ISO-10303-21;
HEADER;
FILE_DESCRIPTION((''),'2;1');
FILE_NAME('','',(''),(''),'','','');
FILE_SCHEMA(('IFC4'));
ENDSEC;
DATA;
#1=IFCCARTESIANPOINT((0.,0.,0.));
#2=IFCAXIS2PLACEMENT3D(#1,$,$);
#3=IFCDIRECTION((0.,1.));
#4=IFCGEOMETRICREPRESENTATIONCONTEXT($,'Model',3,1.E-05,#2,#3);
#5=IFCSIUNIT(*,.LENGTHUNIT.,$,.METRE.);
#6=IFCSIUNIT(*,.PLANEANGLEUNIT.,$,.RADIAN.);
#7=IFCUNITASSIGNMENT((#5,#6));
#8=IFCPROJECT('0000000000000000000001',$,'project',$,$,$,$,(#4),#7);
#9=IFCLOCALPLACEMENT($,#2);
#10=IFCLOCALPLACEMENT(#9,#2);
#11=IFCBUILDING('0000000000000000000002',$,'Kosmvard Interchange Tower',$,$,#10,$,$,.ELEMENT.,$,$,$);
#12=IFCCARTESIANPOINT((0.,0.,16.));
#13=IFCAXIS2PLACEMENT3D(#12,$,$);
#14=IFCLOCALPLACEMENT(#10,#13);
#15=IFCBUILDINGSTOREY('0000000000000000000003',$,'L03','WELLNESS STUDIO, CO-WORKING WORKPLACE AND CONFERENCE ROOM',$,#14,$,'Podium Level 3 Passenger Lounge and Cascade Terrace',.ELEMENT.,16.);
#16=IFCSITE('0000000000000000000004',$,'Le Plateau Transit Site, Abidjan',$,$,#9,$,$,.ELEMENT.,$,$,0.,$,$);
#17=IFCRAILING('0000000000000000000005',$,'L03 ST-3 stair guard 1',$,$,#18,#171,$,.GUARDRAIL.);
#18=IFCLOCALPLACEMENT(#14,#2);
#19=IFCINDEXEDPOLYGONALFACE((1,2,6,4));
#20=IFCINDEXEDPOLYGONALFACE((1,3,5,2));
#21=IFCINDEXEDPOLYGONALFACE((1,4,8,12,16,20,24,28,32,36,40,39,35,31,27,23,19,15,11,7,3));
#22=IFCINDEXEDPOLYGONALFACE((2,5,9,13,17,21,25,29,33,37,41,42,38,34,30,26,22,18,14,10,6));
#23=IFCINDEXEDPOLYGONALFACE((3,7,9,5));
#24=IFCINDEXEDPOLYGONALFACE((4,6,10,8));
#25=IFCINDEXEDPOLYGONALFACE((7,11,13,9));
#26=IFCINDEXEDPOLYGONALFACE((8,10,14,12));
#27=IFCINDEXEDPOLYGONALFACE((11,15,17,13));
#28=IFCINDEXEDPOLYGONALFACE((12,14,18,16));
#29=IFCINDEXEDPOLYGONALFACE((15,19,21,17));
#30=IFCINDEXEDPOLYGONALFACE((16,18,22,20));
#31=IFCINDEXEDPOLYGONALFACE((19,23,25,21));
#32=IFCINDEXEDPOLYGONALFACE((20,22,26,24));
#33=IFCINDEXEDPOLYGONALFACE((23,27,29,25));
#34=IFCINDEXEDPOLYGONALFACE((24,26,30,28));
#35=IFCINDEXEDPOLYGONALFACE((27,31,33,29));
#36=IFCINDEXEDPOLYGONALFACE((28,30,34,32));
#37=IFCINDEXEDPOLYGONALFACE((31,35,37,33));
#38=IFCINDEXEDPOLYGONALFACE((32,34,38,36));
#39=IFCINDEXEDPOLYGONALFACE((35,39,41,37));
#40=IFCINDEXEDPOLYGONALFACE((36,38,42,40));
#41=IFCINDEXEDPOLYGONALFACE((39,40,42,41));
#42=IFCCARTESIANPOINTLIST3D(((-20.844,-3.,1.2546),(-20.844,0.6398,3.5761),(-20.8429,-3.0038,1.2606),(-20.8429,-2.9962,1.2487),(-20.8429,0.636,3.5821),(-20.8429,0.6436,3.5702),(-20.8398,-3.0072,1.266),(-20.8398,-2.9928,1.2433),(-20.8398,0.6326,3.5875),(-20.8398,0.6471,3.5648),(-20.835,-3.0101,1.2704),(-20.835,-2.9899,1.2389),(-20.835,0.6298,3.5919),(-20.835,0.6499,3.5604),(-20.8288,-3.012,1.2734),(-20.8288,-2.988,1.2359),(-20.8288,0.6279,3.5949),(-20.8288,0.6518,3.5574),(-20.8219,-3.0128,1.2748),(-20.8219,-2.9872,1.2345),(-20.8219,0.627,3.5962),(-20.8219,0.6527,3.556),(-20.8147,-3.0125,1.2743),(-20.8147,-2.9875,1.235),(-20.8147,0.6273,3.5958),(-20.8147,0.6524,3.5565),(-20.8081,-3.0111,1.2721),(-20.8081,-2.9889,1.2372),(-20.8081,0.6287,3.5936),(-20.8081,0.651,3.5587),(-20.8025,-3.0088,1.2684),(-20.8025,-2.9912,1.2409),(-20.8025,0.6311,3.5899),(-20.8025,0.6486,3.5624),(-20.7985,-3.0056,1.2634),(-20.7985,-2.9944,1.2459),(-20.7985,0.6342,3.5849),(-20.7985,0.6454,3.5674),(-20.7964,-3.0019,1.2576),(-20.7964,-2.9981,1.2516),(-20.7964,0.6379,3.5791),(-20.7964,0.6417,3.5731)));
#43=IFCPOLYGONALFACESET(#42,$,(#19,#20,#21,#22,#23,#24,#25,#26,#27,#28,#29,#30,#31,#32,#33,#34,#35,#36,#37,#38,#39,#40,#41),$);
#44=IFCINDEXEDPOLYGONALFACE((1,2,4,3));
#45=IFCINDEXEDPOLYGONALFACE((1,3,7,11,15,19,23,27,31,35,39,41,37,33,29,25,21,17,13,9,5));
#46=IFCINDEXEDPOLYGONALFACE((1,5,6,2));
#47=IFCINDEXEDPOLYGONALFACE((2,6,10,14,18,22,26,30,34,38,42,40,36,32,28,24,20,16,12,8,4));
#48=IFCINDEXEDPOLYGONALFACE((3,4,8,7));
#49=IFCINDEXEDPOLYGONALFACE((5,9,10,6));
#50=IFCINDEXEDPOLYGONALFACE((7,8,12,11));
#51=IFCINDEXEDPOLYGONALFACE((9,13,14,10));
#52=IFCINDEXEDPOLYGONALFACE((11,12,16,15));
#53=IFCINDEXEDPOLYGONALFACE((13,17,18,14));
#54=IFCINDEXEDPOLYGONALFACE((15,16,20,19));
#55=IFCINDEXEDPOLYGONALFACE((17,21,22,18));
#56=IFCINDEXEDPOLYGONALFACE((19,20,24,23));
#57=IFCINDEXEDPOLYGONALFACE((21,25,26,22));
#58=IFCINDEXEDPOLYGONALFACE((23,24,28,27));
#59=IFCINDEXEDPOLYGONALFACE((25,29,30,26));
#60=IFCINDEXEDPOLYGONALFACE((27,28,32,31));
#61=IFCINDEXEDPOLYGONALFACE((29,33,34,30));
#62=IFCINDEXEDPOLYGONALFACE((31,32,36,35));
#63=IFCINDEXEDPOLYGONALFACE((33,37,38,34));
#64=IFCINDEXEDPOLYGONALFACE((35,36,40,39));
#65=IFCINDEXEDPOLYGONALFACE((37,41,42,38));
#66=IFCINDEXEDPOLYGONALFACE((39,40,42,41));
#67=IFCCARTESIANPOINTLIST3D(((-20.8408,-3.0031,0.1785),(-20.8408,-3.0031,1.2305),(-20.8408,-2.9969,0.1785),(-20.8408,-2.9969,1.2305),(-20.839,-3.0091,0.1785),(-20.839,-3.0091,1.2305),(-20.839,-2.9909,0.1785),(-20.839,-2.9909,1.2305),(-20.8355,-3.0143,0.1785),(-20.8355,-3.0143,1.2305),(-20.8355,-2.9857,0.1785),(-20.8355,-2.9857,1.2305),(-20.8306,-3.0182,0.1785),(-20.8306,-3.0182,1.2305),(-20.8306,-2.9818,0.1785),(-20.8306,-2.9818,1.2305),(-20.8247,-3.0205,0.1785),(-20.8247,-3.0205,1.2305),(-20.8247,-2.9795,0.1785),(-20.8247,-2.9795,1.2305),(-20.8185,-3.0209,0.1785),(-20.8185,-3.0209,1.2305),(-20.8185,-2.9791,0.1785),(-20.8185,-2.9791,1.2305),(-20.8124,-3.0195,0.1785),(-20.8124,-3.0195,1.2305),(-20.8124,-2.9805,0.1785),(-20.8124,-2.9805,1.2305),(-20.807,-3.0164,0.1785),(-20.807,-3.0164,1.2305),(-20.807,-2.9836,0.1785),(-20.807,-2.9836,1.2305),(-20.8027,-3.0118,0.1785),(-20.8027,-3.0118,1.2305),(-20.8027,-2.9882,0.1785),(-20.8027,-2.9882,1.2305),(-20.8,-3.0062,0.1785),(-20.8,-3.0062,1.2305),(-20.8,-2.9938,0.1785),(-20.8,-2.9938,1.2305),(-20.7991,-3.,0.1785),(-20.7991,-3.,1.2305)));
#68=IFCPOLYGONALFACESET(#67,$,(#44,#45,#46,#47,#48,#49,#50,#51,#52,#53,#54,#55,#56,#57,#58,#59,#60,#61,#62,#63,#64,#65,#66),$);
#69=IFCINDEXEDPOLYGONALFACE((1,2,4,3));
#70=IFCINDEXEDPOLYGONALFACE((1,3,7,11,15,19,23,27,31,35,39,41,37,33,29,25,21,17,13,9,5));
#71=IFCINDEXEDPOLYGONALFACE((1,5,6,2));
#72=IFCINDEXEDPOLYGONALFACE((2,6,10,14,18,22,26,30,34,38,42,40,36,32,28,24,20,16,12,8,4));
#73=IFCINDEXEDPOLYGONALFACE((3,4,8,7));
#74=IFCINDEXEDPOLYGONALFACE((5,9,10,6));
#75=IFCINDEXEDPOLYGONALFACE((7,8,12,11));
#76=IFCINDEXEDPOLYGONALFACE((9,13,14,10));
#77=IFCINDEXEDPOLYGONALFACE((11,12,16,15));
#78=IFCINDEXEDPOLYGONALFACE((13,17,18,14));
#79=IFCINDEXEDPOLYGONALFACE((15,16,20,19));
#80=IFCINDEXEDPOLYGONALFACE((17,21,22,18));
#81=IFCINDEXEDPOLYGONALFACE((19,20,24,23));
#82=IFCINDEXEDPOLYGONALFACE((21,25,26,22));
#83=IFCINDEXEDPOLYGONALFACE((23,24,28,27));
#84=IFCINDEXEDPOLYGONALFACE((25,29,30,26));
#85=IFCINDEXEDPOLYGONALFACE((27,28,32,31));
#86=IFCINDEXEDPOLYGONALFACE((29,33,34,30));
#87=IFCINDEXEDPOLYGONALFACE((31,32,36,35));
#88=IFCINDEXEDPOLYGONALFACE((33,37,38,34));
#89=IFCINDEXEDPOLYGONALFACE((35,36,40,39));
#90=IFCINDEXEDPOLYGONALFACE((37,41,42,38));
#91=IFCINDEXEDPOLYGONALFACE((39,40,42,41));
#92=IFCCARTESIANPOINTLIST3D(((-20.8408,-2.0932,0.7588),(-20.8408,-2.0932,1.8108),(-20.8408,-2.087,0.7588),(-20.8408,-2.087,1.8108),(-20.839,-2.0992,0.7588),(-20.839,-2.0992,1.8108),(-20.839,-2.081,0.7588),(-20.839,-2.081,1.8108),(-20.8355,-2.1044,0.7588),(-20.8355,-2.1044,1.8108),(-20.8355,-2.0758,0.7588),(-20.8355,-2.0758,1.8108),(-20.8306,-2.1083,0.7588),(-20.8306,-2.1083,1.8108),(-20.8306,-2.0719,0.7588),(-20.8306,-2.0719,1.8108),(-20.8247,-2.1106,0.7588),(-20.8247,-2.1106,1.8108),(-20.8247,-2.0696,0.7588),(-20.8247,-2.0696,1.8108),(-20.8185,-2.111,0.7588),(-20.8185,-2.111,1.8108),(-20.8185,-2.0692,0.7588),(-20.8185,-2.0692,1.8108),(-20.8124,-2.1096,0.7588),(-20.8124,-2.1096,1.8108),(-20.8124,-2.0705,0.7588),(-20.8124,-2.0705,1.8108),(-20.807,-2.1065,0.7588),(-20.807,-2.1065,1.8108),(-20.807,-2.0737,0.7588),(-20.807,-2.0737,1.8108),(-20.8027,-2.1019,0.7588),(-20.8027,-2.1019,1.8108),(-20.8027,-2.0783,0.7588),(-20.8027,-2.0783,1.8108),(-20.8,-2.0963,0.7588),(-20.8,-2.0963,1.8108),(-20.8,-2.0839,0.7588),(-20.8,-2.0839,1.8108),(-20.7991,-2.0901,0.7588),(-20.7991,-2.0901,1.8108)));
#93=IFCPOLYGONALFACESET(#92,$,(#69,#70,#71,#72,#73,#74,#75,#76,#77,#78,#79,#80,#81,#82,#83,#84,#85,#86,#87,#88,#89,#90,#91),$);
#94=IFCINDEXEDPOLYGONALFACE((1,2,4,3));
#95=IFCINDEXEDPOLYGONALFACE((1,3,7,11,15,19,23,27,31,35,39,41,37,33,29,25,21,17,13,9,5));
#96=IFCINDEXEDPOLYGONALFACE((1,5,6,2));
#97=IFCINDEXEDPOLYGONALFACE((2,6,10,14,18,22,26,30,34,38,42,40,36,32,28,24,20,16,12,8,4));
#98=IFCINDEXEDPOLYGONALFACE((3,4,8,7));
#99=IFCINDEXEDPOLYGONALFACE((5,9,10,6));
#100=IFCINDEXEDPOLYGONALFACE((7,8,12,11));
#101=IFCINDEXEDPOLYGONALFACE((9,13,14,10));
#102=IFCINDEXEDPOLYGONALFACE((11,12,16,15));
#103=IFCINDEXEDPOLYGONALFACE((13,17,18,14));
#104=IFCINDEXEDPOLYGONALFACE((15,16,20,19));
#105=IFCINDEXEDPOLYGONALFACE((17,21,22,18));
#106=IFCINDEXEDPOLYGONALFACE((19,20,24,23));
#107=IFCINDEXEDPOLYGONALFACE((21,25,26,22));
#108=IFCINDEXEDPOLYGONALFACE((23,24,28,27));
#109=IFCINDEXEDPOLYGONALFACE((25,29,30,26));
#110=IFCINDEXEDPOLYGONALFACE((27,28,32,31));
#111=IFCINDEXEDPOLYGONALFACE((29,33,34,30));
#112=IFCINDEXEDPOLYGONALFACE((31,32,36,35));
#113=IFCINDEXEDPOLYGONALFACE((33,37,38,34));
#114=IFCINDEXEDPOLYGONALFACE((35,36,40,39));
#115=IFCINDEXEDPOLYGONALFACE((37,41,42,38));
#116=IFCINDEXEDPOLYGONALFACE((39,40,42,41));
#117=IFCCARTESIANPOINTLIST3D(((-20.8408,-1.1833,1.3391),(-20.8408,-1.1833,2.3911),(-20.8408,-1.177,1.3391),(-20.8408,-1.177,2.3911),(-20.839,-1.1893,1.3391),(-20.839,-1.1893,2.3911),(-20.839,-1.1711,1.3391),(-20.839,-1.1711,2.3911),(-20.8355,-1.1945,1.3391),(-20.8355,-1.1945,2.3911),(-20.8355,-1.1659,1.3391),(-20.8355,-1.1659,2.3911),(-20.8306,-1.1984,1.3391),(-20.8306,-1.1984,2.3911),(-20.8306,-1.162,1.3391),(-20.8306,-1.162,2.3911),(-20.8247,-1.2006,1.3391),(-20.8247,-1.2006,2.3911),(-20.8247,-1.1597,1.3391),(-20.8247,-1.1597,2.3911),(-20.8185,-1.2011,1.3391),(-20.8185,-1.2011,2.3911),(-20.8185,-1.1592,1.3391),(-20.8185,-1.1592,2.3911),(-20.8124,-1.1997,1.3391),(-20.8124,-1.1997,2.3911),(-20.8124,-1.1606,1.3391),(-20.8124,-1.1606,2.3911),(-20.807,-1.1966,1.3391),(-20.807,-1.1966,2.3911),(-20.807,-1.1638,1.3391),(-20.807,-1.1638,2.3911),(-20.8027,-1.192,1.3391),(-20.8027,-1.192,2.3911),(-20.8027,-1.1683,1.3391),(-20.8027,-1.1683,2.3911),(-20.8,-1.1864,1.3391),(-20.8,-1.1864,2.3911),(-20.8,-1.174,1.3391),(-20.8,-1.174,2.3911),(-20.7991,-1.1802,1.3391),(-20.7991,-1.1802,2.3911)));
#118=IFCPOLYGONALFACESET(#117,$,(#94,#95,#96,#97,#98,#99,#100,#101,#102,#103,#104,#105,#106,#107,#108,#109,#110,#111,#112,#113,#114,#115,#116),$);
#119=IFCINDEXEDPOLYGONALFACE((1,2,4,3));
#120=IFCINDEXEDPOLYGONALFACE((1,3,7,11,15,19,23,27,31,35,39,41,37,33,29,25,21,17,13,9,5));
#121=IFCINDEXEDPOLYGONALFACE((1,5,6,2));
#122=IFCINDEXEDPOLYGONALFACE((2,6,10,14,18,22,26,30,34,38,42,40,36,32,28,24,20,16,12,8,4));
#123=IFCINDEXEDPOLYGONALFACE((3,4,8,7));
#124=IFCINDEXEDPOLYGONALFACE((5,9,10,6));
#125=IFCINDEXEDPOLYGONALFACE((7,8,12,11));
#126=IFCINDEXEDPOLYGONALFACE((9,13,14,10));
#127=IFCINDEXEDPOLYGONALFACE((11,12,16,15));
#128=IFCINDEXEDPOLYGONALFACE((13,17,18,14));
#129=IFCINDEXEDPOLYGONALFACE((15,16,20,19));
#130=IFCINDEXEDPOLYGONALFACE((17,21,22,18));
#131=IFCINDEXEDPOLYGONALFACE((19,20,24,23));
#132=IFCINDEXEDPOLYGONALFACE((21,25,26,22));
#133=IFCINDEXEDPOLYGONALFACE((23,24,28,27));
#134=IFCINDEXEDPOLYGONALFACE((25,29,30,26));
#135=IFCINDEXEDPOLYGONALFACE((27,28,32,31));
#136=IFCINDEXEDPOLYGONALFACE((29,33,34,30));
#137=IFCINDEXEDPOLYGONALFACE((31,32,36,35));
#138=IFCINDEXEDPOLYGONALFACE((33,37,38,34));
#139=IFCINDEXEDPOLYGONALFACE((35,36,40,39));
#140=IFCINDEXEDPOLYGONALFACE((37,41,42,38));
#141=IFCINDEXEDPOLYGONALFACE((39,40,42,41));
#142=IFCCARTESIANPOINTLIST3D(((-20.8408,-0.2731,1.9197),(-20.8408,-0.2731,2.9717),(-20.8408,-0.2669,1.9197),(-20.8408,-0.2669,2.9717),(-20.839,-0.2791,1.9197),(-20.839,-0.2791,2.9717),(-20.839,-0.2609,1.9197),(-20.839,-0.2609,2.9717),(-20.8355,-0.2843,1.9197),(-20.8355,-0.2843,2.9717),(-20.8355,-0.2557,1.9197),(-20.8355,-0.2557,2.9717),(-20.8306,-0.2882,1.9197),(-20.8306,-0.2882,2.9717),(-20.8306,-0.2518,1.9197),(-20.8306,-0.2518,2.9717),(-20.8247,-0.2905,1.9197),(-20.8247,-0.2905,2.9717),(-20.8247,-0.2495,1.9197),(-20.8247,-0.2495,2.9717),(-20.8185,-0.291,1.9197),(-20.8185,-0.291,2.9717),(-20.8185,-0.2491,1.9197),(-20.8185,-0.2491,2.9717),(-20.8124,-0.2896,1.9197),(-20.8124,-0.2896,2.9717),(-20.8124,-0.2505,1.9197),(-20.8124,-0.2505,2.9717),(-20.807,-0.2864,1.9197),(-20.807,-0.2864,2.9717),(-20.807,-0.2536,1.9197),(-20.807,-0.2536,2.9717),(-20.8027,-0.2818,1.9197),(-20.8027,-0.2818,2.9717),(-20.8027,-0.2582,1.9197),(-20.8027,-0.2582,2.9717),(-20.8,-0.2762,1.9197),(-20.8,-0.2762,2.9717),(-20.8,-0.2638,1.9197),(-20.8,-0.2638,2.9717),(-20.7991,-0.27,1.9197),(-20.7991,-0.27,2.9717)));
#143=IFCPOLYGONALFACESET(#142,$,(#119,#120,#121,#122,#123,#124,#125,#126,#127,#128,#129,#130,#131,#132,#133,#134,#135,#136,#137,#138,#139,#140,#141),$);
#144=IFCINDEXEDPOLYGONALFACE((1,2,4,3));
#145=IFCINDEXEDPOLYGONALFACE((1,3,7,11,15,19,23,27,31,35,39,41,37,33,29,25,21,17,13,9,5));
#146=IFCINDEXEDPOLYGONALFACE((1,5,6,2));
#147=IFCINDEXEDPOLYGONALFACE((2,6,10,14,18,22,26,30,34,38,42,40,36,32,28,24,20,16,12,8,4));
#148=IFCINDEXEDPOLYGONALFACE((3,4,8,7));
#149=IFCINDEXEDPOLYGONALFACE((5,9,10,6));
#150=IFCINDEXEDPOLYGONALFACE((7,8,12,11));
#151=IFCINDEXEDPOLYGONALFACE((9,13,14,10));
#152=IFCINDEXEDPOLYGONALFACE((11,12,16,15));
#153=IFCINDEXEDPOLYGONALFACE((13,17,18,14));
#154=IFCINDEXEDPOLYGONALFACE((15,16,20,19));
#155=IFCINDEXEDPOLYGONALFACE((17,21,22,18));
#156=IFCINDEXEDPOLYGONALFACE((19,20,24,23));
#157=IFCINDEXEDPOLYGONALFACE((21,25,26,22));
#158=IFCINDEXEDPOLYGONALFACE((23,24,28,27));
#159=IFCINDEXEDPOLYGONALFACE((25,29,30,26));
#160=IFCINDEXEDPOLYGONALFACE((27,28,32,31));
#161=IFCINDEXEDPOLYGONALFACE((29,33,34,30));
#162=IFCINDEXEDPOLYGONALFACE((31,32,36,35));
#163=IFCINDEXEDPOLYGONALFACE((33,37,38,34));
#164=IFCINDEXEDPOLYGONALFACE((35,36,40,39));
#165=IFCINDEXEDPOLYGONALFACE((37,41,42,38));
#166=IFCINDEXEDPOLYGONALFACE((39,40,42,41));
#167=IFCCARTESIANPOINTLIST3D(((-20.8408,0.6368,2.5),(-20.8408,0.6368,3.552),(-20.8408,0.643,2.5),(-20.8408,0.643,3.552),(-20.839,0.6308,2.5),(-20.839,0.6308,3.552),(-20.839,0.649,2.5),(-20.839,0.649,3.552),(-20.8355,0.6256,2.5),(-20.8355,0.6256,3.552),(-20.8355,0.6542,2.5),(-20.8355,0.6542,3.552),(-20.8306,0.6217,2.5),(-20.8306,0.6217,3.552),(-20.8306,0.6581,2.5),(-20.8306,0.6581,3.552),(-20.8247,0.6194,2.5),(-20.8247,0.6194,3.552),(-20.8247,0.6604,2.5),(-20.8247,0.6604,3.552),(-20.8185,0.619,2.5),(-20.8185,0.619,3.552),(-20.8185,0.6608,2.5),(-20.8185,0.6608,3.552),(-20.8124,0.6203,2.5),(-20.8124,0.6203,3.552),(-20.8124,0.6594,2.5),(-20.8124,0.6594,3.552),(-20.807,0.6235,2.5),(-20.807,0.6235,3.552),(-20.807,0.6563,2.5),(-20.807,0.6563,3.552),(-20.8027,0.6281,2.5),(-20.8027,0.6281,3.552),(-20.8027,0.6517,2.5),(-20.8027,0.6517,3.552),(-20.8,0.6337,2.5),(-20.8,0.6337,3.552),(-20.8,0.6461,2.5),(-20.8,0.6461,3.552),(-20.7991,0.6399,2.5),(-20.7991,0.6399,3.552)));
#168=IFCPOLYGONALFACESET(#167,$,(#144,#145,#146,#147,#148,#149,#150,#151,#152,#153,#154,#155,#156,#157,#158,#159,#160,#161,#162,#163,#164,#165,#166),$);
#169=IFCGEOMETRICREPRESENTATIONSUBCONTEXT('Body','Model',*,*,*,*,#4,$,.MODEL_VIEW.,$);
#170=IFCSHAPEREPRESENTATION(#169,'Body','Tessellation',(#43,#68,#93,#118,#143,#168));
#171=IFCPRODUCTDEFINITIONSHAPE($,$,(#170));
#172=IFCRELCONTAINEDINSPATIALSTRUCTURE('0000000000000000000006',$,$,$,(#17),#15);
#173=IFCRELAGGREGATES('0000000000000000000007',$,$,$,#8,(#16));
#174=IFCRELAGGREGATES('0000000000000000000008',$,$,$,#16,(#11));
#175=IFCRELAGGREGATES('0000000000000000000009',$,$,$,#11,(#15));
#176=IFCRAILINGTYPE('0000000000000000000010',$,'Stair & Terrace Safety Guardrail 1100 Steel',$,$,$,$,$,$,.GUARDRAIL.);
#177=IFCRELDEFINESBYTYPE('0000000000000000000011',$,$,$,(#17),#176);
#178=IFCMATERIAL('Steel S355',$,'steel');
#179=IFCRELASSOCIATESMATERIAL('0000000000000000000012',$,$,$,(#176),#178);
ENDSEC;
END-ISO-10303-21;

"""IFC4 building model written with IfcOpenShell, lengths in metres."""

from ifc_helpers import new_model, si_unit, direction, frame, origin, origin_2d, place, context, subcontext, project, spatial, circle, extrude, source, transform, mapped, material, type_object, element, save


model = new_model("IFC4")

# Units and contexts
model_context = context("Model", 3, precision=1e-05, world=origin(), true_north=direction((0.0, 1.0)))
body_context = subcontext(model_context, "Body", "Model", "MODEL_VIEW")
ifc_project = project(units=[si_unit("LENGTHUNIT", "METRE"), si_unit("PLANEANGLEUNIT", "RADIAN")], contexts=[model_context])

# Site, building, storey
site_placement = place(None, origin())
site = spatial("IfcSite", under=ifc_project, at=site_placement, Name="Le Plateau Transit Site, Abidjan", CompositionType="ELEMENT", RefElevation=0.0)
building_placement = place(site_placement, origin())
building = spatial("IfcBuilding", under=site, at=building_placement, Name="Kosmvard Interchange Tower", CompositionType="ELEMENT")
storey_placement = place(building_placement, frame((0.0, 0.0, 16.0)))
storey = spatial("IfcBuildingStorey", under=building, at=storey_placement, Name="L03", Description="WELLNESS STUDIO, CO-WORKING WORKPLACE AND CONFERENCE ROOM", LongName="Podium Level 3 Passenger Lounge and Cascade Terrace", CompositionType="ELEMENT", Elevation=16.0)

# Shared definitions
ifc_material_1 = material(Name="Steel S355", Category="steel")

# Railing
railing_type_1 = type_object("IfcRailingType", Name="Stair & Terrace Safety Guardrail 1100 Steel", PredefinedType="GUARDRAIL", material=ifc_material_1)
shared_shape_1 = source(origin(), body_context, "Body", "SweptSolid", [
    extrude(circle(Radius=0.0239, at=origin_2d()), frame((0.0, 0.0, 1.0762), z_axis=(0.0, 0.843112, 0.537739), x_axis=(-1.0, 0.0, 0.0)), (0.0, 0.0, 1.0), 4.3171),
    extrude(circle(Radius=0.021, at=origin_2d()), origin(), (0.0, 0.0, 1.0), 1.052),
    extrude(circle(Radius=0.021, at=origin_2d()), frame((0.0, 0.9099, 0.5803)), (0.0, 0.0, 1.0), 1.052),
    extrude(circle(Radius=0.021, at=origin_2d()), frame((0.0, 1.8198, 1.1606)), (0.0, 0.0, 1.0), 1.052),
    extrude(circle(Radius=0.021, at=origin_2d()), frame((0.0, 2.73, 1.7412)), (0.0, 0.0, 1.0), 1.052),
    extrude(circle(Radius=0.021, at=origin_2d()), frame((0.0, 3.6399, 2.3215)), (0.0, 0.0, 1.0), 1.052),
])
railing_1_placement = place(storey_placement, frame((-20.8201, -3.0, 0.1785)))
element("IfcRailing", 1, at=railing_1_placement, inside=storey, type_object=railing_type_1, Name="L03 ST-3 stair guard 1", PredefinedType="GUARDRAIL", context=body_context, shape_type="MappedRepresentation", body=[
    mapped(shared_shape_1, transform((0.0, 0.0, 0.0), scale=1.0)),
])

save(model, "model.ifc")
